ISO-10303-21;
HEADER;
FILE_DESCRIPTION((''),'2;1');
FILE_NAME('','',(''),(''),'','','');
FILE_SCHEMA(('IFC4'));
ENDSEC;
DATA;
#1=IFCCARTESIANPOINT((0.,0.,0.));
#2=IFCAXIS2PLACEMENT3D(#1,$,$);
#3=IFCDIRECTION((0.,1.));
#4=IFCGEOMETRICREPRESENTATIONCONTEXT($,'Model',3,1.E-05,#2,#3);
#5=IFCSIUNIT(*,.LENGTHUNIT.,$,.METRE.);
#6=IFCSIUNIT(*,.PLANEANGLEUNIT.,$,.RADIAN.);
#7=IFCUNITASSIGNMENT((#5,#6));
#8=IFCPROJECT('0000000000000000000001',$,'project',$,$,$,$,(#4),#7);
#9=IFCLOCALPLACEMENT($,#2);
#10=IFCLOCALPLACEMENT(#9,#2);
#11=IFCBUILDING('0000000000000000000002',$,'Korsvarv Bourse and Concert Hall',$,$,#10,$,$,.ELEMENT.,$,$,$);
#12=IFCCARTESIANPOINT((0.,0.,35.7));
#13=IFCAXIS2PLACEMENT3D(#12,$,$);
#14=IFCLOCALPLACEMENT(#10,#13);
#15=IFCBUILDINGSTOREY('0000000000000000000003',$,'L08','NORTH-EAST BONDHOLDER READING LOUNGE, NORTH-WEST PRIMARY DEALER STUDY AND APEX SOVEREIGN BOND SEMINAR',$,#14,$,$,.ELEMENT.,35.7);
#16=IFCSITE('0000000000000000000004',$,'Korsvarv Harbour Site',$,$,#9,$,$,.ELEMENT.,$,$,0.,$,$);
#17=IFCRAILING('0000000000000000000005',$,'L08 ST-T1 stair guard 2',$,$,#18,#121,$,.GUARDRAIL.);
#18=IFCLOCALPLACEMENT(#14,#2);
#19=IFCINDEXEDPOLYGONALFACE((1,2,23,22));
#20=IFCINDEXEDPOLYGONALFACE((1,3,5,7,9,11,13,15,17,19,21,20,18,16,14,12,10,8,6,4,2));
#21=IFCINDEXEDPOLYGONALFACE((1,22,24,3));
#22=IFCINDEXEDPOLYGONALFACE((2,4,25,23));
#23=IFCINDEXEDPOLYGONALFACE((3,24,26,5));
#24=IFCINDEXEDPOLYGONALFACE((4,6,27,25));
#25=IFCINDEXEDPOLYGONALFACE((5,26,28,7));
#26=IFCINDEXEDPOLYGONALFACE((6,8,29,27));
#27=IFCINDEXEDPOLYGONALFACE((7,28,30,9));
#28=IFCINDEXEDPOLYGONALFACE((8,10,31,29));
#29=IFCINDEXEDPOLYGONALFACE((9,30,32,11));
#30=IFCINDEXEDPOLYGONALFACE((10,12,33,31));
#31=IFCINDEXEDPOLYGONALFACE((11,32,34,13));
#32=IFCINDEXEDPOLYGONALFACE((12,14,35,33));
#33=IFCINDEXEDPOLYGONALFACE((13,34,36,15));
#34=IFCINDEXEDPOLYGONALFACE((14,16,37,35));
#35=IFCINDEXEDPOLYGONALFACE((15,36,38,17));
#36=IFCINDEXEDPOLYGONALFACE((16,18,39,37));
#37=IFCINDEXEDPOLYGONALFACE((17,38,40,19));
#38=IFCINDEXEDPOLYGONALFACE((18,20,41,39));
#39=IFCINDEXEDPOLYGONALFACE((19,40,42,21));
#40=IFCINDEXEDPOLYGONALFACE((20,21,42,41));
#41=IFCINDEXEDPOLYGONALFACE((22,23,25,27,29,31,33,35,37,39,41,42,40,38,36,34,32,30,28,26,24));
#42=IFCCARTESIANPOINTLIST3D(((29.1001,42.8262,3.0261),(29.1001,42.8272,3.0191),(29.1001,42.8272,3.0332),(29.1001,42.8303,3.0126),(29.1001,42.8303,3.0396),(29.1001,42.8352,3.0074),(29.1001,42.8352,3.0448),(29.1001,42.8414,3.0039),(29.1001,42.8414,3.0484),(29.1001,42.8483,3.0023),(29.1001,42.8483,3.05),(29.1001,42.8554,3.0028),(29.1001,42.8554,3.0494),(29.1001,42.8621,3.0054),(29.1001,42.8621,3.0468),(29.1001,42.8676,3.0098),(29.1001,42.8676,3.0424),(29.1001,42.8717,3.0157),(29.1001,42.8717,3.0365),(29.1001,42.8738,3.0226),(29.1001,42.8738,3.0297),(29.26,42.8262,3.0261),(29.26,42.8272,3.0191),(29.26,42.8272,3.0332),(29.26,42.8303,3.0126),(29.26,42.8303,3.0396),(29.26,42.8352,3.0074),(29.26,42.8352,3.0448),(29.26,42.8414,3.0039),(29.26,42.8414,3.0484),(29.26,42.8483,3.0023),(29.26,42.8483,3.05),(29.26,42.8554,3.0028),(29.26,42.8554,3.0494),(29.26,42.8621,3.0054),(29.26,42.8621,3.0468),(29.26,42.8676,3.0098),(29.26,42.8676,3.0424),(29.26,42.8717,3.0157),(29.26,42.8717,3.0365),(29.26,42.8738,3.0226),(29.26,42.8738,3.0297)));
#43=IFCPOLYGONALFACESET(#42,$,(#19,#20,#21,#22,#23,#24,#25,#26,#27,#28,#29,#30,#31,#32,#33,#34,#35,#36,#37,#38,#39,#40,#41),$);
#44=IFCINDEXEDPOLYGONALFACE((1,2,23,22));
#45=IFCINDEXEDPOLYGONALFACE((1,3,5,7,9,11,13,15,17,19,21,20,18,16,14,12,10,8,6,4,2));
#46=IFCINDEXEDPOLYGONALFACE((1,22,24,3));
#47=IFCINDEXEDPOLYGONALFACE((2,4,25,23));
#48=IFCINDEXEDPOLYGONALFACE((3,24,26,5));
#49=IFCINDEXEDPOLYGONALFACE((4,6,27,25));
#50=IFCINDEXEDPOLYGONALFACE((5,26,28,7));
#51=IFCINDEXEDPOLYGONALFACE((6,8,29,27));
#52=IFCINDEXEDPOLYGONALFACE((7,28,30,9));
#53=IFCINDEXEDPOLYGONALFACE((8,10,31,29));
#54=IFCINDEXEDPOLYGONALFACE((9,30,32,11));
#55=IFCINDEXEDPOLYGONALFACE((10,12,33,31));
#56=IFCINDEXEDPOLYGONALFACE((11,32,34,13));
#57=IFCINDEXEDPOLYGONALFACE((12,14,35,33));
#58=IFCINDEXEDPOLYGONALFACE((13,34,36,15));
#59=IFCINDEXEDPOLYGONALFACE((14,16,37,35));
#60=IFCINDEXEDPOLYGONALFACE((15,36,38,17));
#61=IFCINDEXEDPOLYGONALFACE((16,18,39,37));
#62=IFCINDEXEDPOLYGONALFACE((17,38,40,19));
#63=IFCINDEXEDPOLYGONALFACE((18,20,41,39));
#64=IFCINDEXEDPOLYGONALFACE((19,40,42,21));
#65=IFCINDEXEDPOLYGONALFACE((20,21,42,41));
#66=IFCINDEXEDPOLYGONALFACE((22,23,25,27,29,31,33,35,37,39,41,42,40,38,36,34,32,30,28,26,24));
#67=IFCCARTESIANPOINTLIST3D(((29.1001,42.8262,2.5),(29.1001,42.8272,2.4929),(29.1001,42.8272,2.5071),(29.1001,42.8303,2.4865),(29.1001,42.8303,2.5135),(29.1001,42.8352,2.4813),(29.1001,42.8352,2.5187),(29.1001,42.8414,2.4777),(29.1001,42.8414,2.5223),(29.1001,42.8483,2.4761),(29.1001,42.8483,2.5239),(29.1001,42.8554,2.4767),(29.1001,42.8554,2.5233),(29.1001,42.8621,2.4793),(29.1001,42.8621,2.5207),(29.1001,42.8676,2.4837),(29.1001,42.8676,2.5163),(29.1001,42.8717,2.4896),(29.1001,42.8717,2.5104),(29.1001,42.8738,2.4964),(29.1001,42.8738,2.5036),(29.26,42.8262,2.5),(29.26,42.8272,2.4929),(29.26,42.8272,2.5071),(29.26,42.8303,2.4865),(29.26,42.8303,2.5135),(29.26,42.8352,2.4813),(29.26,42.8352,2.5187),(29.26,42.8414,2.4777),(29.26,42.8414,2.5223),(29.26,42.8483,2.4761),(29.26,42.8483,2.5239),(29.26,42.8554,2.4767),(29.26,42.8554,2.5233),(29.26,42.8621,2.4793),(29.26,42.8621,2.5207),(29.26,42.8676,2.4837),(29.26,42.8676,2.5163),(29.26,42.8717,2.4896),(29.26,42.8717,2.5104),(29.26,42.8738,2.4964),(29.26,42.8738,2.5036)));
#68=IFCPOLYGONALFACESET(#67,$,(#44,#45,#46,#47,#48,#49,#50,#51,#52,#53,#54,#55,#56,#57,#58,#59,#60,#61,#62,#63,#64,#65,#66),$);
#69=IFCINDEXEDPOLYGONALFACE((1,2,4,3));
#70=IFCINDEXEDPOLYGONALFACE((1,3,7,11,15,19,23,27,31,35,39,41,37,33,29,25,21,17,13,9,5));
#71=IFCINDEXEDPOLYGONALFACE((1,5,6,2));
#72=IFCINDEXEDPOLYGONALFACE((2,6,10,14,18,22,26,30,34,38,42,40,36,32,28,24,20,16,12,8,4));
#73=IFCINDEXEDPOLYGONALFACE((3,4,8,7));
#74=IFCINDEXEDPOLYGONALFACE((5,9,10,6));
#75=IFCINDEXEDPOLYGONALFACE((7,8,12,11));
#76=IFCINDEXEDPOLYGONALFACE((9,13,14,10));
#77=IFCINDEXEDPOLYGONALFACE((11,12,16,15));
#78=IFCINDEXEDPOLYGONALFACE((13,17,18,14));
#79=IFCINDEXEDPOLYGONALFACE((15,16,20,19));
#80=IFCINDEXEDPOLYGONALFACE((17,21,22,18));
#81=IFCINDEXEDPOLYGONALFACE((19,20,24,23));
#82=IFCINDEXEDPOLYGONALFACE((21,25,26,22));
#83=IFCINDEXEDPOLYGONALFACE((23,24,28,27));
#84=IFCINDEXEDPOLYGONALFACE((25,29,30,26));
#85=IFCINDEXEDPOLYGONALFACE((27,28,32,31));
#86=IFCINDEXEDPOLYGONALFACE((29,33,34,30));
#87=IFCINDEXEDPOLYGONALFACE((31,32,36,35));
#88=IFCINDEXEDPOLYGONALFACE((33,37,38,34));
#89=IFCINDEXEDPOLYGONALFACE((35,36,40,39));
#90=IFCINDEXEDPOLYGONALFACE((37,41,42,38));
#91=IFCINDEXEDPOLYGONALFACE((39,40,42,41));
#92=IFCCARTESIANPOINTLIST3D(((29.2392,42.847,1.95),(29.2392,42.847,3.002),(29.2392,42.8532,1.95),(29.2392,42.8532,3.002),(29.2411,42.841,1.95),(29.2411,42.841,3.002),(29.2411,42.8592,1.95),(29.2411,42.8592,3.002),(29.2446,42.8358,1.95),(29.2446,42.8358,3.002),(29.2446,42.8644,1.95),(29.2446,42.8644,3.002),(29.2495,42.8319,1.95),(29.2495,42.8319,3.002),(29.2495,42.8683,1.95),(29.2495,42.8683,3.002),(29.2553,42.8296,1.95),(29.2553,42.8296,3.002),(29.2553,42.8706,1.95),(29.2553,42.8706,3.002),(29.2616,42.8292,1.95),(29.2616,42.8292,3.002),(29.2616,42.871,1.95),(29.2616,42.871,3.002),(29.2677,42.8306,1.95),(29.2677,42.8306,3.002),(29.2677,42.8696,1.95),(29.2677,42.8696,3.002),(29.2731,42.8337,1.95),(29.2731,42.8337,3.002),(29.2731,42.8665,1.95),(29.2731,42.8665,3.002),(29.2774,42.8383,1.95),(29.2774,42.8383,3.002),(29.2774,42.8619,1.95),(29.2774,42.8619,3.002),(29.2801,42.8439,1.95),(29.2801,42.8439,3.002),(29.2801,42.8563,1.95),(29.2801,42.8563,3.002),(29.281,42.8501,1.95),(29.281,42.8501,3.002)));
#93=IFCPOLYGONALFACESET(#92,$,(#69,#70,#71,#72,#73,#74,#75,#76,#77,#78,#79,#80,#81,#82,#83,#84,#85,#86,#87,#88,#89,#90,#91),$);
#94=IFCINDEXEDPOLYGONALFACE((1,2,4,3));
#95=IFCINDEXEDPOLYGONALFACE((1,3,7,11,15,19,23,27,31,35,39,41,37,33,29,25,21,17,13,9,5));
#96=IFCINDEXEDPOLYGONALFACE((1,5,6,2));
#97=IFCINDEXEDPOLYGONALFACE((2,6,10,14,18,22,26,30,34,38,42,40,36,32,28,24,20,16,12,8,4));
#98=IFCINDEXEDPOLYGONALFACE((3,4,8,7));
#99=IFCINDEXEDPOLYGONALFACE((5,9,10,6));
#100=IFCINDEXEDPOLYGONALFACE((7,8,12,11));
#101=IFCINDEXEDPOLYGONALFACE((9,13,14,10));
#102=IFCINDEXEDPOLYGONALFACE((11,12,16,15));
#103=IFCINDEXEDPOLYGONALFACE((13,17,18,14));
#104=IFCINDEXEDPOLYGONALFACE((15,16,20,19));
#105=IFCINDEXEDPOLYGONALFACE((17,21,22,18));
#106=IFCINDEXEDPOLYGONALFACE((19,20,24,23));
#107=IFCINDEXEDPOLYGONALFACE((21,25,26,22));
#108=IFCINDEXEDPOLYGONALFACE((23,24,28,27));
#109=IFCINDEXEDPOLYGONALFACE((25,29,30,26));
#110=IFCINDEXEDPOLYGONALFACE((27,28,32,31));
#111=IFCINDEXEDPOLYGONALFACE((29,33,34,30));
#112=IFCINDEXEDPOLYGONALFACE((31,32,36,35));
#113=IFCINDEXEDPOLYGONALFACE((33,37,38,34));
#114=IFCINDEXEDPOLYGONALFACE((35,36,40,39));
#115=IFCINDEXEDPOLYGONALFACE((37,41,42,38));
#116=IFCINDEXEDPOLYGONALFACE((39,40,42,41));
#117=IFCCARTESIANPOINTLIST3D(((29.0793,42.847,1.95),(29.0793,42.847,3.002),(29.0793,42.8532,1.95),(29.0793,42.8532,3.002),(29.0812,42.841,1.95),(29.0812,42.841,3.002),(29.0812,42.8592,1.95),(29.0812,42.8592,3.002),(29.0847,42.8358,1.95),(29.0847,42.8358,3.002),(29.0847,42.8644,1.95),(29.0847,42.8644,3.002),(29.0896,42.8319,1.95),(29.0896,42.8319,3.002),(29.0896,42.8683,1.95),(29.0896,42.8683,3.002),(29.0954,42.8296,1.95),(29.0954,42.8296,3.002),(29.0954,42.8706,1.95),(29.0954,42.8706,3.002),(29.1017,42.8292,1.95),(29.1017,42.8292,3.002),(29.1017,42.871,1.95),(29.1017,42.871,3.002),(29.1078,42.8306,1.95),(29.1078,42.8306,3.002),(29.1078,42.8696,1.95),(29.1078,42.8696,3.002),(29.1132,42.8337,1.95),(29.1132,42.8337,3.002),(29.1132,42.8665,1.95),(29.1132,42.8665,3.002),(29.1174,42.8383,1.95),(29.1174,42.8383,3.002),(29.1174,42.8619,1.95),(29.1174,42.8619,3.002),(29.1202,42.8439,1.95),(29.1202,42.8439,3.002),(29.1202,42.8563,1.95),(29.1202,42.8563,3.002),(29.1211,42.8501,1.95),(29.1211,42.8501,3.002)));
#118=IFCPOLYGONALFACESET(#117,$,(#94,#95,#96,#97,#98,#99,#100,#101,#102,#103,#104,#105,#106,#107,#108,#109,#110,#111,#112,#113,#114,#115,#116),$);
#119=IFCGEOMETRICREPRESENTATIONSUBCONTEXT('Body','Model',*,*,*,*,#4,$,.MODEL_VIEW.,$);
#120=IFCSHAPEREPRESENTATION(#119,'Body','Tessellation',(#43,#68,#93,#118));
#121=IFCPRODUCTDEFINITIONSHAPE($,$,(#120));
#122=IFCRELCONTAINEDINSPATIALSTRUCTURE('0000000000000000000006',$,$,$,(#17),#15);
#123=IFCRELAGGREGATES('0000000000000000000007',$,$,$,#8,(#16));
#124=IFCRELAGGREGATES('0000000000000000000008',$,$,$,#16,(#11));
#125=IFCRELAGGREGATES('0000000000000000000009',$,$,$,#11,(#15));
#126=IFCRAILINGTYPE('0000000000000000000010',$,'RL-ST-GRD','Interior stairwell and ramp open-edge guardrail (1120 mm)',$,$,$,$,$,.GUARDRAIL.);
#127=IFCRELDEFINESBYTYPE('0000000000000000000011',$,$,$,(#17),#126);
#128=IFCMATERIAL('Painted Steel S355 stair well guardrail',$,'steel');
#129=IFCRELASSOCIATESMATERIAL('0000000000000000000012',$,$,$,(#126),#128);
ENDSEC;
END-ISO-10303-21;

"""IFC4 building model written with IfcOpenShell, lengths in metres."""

from ifc_helpers import new_model, si_unit, direction, frame, origin, origin_2d, place, context, subcontext, project, spatial, circle, extrude, material, type_object, element, save


model = new_model("IFC4")

# Units and contexts
model_context = context("Model", 3, precision=1e-05, world=origin(), true_north=direction((0.0, 1.0)))
body_context = subcontext(model_context, "Body", "Model", "MODEL_VIEW")
ifc_project = project(units=[si_unit("LENGTHUNIT", "METRE"), si_unit("PLANEANGLEUNIT", "RADIAN")], contexts=[model_context])

# Site, building, storey
site_placement = place(None, origin())
site = spatial("IfcSite", under=ifc_project, at=site_placement, Name="Korsvarv Harbour Site", CompositionType="ELEMENT", RefElevation=0.0)
building_placement = place(site_placement, origin())
building = spatial("IfcBuilding", under=site, at=building_placement, Name="Korsvarv Bourse and Concert Hall", CompositionType="ELEMENT")
storey_placement = place(building_placement, frame((0.0, 0.0, 35.7)))
storey = spatial("IfcBuildingStorey", under=building, at=storey_placement, Name="L08", Description="NORTH-EAST BONDHOLDER READING LOUNGE, NORTH-WEST PRIMARY DEALER STUDY AND APEX SOVEREIGN BOND SEMINAR", CompositionType="ELEMENT", Elevation=35.7)

# Railing
ifc_material_1 = material(Name="Painted Steel S355 stair well guardrail", Category="steel")
railing_type_1 = type_object("IfcRailingType", Name="RL-ST-GRD", Description="Interior stairwell and ramp open-edge guardrail (1120 mm)", PredefinedType="GUARDRAIL", material=ifc_material_1)
railing_1_placement = place(storey_placement, frame((29.26, 42.8501, 1.95)))
element("IfcRailing", 1, at=railing_1_placement, inside=storey, type_object=railing_type_1, Name="L08 ST-T1 stair guard 2", PredefinedType="GUARDRAIL", context=body_context, shape_type="SweptSolid", body=[
    extrude(circle(Radius=0.0239, at=origin_2d()), frame((0.0, 0.0, 1.0762), z_axis=(-1.0, 0.0, 0.0), x_axis=(0.0, -1.0, 0.0)), (0.0, 0.0, 1.0), 0.1599),
    extrude(circle(Radius=0.0239, at=origin_2d()), frame((0.0, 0.0, 0.55), z_axis=(-1.0, 0.0, 0.0), x_axis=(0.0, -1.0, 0.0)), (0.0, 0.0, 1.0), 0.1599),
    extrude(circle(Radius=0.021, at=origin_2d()), origin(), (0.0, 0.0, 1.0), 1.052),
    extrude(circle(Radius=0.021, at=origin_2d()), frame((-0.1599, 0.0, 0.0)), (0.0, 0.0, 1.0), 1.052),
])

save(model, "model.ifc")
